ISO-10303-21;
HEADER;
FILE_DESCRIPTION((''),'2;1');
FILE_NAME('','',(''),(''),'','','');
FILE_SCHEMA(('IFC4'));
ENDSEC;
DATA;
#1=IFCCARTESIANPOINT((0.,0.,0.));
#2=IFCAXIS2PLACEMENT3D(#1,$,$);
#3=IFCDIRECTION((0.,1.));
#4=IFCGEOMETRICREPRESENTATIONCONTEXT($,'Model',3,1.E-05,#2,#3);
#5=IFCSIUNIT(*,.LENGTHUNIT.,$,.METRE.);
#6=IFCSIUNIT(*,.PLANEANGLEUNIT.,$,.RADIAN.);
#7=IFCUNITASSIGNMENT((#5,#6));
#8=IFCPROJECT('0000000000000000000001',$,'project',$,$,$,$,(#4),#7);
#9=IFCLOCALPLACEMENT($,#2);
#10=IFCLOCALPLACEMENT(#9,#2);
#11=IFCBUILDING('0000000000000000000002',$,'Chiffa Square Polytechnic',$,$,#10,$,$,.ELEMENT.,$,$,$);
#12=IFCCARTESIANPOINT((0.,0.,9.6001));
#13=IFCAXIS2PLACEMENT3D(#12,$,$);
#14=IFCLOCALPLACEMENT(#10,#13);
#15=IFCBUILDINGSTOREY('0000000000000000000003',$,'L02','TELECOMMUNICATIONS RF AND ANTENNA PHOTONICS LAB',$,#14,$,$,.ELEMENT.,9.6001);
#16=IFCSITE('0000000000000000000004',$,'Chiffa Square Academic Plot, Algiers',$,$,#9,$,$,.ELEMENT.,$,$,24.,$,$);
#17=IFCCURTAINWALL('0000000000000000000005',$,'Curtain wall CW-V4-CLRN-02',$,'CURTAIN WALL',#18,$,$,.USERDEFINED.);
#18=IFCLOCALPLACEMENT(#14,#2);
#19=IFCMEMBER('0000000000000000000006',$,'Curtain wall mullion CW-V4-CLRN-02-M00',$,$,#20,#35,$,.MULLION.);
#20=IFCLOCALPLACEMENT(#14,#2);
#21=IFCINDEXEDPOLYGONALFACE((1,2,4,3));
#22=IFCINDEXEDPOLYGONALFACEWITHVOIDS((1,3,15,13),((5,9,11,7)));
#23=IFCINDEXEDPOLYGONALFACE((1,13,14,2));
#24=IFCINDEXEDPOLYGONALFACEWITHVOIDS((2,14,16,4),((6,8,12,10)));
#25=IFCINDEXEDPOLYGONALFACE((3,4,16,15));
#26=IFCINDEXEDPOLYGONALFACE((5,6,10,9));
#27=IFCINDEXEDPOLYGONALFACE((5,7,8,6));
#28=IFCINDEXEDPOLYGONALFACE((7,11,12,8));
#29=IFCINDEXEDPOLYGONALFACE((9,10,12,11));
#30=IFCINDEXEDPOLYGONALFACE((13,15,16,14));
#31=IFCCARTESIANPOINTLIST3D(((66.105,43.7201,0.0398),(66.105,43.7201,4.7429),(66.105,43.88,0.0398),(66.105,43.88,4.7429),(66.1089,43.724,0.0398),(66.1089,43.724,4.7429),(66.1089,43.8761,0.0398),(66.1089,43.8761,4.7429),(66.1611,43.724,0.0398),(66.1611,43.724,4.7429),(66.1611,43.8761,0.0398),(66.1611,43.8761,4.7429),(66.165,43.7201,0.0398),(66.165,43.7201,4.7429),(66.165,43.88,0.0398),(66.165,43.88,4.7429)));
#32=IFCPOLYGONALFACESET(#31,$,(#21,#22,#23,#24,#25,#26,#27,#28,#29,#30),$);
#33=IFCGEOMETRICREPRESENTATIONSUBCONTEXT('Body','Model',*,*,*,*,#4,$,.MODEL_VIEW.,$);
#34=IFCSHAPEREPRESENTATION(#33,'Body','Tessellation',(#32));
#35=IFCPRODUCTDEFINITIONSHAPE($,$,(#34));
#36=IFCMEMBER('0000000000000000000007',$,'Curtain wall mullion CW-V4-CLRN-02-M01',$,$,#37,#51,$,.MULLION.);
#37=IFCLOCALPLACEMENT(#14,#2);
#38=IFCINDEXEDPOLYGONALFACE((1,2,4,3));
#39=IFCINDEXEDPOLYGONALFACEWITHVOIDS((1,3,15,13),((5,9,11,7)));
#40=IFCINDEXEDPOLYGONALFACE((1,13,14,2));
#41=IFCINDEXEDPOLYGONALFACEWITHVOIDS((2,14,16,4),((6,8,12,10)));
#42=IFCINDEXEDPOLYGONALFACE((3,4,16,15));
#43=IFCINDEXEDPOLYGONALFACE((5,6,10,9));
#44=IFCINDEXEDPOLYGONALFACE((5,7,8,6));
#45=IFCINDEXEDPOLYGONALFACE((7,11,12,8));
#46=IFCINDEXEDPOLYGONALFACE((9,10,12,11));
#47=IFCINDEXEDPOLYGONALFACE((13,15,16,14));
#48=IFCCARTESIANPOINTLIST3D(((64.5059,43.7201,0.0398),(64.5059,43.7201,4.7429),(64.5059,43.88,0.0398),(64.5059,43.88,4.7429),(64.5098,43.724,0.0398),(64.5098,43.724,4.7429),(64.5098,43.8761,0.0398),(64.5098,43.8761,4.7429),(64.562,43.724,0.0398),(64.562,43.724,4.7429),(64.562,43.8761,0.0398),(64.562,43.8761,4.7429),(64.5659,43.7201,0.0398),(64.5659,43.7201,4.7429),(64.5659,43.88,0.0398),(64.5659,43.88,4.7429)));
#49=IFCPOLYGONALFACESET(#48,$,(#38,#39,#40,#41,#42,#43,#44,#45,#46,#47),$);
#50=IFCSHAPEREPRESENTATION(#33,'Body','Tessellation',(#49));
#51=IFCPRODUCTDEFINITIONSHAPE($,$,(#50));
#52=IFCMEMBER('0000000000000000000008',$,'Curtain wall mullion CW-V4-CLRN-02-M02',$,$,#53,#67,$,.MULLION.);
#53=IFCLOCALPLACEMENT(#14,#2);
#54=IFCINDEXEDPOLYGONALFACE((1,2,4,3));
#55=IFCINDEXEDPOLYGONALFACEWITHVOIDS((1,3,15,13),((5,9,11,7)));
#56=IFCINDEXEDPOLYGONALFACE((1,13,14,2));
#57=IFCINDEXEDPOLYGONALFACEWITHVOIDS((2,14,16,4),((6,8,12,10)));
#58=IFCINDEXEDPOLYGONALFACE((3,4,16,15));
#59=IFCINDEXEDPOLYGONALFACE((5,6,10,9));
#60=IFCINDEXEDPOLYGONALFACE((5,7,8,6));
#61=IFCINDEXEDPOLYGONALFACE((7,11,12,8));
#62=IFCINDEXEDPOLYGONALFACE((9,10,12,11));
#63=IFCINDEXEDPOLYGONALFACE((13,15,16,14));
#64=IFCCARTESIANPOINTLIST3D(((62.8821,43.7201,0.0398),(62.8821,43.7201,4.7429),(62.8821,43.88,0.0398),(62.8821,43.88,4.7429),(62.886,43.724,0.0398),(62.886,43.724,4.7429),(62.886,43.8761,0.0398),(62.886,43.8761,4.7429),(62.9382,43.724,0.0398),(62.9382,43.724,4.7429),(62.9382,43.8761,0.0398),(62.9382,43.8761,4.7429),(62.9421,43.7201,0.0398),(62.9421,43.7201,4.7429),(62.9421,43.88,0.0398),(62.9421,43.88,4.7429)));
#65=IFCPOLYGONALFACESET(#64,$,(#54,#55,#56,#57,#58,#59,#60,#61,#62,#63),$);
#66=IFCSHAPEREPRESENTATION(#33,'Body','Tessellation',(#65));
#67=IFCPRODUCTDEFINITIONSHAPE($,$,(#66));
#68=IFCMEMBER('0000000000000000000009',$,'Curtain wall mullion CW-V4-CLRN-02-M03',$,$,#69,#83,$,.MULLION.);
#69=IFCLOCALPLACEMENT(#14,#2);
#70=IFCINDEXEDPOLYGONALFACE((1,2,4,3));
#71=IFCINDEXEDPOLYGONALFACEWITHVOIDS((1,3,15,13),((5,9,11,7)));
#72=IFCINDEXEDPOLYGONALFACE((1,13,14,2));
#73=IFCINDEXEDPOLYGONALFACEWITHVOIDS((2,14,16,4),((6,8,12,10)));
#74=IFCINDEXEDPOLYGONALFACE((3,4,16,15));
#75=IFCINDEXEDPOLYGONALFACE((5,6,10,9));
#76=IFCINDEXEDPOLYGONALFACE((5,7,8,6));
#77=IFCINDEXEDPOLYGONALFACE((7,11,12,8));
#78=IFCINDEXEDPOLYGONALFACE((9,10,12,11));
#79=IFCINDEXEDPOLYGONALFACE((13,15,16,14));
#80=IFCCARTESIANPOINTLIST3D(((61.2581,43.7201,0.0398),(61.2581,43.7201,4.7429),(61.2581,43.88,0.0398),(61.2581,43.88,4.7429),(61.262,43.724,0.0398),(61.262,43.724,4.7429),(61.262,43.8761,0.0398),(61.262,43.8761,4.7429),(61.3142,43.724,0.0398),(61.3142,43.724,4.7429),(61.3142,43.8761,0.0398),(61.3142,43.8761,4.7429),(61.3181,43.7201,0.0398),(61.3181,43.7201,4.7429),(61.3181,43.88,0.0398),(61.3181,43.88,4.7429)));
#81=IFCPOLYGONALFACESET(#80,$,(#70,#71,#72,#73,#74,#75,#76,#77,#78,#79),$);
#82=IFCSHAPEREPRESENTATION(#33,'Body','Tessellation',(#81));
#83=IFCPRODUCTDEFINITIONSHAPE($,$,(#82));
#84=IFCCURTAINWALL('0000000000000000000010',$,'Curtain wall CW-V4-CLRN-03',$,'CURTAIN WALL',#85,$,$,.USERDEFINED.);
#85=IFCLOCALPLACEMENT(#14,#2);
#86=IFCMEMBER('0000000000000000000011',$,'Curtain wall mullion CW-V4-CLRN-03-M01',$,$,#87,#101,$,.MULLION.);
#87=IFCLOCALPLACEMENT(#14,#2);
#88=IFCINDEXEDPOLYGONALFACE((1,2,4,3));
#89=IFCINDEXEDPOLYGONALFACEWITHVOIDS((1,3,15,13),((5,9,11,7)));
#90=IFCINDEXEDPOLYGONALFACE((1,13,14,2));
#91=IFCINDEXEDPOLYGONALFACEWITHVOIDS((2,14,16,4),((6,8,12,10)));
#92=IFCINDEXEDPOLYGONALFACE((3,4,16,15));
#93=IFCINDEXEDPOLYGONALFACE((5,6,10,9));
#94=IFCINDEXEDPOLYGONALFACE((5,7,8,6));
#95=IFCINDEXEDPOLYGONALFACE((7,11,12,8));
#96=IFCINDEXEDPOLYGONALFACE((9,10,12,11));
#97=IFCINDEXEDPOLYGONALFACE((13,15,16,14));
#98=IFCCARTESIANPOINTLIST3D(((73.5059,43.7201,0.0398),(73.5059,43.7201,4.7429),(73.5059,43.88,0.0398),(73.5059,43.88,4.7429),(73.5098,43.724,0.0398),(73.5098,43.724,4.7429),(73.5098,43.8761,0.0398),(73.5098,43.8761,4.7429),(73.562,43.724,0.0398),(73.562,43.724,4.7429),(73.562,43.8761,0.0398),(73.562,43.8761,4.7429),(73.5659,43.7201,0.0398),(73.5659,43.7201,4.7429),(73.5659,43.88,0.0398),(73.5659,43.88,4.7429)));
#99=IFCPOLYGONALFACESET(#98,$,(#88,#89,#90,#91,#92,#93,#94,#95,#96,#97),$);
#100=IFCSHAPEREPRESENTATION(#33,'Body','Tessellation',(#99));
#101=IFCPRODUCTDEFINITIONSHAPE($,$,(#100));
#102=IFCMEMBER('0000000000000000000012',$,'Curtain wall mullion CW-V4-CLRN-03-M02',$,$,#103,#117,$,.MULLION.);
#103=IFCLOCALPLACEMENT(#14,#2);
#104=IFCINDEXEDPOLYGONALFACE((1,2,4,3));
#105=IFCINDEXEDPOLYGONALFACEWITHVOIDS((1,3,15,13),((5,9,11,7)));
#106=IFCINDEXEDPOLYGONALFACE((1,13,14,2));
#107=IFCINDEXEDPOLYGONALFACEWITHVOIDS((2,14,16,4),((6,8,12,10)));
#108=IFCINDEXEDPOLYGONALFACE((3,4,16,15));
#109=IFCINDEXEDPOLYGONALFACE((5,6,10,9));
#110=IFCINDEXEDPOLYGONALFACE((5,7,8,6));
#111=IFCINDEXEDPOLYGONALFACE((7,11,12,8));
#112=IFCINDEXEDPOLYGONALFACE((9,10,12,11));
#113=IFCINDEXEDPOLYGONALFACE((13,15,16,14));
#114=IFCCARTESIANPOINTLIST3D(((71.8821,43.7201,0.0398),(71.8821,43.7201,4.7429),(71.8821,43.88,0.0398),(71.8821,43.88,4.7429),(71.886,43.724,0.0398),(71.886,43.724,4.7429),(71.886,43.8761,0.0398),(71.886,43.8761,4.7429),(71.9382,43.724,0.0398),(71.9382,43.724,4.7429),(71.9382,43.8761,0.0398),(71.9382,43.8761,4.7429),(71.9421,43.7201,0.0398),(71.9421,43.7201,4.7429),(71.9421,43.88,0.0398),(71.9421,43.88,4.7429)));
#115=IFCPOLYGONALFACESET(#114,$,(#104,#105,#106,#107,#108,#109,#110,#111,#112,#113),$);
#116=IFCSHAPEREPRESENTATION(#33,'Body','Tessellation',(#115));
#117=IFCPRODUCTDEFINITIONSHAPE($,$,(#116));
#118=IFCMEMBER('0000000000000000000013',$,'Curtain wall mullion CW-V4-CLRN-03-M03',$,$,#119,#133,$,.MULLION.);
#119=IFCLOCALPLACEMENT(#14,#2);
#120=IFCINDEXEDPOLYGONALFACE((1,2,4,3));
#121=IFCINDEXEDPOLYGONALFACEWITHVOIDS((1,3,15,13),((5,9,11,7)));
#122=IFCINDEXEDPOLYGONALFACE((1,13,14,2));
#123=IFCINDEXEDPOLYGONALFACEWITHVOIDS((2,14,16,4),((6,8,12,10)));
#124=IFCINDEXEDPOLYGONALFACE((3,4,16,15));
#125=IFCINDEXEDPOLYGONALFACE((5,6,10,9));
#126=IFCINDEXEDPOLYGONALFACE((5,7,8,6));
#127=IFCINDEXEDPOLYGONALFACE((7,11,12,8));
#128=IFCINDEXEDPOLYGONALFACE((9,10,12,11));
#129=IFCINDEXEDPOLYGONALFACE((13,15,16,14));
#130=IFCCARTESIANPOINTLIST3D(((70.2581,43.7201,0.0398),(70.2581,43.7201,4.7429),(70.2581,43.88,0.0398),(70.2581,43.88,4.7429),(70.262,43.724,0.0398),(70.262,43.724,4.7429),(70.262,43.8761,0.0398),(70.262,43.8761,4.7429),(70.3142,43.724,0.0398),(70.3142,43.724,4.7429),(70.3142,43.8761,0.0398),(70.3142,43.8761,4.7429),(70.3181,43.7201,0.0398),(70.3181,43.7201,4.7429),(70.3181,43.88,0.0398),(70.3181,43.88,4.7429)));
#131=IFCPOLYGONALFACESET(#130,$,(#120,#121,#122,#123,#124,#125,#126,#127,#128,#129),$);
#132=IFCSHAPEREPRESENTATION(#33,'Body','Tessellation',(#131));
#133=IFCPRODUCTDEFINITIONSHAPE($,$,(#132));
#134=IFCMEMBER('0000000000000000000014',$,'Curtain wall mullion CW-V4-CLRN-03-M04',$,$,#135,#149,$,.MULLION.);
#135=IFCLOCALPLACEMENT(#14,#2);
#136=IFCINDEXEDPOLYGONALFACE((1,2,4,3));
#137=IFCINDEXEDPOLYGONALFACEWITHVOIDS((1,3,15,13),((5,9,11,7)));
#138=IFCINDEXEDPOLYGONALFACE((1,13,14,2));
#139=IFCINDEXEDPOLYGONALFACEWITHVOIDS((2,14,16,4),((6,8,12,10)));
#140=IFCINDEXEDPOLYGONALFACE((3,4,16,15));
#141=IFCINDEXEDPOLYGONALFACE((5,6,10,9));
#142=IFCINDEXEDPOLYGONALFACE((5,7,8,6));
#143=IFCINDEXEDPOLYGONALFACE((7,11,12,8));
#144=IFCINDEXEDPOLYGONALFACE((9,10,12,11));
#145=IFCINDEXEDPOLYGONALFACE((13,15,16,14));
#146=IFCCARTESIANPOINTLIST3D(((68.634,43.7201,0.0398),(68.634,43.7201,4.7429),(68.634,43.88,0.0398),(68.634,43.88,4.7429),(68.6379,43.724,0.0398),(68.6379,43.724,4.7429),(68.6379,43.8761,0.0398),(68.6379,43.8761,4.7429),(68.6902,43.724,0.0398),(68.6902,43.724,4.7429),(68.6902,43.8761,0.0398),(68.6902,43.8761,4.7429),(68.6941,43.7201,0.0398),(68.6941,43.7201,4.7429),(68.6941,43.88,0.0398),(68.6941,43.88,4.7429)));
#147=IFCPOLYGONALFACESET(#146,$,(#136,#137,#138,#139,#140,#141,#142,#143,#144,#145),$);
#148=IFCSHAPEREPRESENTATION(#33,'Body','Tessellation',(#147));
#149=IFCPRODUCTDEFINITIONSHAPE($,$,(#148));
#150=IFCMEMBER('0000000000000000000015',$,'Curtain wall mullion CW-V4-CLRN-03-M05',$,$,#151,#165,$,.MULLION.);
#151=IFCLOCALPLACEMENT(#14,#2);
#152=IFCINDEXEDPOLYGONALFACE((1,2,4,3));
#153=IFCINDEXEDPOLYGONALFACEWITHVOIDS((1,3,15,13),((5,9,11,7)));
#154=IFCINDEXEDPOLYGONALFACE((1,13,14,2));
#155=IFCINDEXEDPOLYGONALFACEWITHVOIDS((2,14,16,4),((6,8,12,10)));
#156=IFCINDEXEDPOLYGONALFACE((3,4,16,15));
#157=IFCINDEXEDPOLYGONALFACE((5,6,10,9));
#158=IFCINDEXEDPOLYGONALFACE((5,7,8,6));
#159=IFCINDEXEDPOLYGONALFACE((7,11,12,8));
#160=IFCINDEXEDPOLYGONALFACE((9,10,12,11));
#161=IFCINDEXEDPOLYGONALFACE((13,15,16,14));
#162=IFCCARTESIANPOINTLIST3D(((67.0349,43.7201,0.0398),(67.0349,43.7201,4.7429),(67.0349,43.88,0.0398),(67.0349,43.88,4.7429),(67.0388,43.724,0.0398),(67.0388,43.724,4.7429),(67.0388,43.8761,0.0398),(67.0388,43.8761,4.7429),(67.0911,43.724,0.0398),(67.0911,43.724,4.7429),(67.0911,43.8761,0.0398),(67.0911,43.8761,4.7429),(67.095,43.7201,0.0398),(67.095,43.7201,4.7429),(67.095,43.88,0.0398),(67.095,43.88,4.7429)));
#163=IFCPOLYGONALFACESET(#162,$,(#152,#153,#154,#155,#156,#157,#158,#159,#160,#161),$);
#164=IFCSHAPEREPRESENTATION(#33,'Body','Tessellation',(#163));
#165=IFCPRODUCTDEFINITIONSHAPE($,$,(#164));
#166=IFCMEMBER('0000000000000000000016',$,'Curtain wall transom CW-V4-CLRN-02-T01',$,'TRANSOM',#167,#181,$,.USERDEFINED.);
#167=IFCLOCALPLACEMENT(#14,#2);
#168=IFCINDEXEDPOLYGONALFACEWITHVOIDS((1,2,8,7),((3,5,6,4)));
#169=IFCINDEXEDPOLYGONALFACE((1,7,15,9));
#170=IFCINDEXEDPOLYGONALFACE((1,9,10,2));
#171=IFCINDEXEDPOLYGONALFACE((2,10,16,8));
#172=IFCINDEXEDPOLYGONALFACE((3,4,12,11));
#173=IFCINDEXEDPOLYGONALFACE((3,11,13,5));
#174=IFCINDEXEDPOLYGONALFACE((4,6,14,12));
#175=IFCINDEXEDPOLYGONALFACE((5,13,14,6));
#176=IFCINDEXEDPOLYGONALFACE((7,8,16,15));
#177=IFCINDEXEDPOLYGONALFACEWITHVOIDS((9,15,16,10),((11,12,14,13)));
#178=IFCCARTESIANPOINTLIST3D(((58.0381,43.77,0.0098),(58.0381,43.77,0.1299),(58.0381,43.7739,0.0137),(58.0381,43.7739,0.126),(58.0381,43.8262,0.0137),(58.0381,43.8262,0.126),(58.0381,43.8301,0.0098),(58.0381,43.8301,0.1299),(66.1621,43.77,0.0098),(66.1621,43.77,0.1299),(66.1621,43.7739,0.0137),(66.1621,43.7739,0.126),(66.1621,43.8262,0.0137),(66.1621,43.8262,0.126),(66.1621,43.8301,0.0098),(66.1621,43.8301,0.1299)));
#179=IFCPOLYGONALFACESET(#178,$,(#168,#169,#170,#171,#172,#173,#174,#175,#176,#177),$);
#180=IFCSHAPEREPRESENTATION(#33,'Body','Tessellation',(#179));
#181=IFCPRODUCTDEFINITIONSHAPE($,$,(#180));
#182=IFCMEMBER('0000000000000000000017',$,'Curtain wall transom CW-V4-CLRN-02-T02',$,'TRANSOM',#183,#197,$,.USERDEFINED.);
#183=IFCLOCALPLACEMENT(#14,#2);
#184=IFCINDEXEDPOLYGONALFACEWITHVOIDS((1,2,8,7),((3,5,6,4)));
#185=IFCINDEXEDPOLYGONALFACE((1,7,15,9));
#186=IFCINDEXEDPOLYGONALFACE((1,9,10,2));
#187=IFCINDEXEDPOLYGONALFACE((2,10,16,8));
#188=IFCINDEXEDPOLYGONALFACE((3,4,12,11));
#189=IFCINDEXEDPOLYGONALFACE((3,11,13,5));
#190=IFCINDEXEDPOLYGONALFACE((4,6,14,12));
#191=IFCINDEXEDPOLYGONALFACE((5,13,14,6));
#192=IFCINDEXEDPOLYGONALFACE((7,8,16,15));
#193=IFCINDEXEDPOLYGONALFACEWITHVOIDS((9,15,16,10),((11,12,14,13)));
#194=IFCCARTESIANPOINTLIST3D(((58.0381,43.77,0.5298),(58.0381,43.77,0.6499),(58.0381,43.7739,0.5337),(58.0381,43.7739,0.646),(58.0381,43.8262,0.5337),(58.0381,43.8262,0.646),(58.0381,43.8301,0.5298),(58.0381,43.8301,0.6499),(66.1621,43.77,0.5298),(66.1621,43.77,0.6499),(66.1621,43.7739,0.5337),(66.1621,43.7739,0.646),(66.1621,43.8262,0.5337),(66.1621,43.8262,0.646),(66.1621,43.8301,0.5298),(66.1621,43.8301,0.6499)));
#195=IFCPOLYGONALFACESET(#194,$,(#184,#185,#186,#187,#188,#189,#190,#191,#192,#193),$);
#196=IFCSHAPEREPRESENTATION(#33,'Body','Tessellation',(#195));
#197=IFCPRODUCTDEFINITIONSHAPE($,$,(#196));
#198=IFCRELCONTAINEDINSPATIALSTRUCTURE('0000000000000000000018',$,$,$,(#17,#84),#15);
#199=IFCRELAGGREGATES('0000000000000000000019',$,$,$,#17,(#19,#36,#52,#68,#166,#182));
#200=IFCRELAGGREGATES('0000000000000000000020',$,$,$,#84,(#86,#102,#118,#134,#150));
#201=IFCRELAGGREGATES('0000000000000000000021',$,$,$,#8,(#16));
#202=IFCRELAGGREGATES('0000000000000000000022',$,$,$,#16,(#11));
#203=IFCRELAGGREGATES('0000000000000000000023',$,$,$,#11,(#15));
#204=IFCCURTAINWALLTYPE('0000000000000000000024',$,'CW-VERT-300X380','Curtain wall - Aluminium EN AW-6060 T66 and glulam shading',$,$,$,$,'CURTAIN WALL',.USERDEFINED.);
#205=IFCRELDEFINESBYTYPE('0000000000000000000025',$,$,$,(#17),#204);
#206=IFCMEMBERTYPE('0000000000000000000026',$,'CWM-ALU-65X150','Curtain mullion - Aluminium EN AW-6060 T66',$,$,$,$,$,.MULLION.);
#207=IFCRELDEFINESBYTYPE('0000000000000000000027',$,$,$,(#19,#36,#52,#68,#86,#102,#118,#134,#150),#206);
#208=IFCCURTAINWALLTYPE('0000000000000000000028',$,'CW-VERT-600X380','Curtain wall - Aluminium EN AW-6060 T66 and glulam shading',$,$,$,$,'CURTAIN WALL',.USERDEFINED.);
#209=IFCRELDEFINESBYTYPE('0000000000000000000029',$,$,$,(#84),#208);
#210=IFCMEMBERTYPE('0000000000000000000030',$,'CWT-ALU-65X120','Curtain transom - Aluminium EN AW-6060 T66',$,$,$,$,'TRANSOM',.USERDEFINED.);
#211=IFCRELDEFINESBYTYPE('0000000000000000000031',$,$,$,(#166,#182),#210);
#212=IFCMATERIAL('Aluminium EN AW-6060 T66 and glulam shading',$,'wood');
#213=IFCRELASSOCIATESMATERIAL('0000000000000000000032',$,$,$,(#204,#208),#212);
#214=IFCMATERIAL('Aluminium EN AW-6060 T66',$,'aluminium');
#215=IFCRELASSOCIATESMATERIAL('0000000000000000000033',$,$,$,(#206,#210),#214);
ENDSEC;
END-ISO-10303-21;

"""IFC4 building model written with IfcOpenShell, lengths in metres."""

from ifc_helpers import new_model, si_unit, direction, frame, origin, origin_2d, place, context, subcontext, project, spatial, hollow_rectangle, extrude, material, material_profile, profile_set, type_object, element, aggregate, save


model = new_model("IFC4")

# Units and contexts
model_context = context("Model", 3, precision=1e-05, world=origin(), true_north=direction((0.0, 1.0)))
body_context = subcontext(model_context, "Body", "Model", "MODEL_VIEW")
ifc_project = project(units=[si_unit("LENGTHUNIT", "METRE"), si_unit("PLANEANGLEUNIT", "RADIAN")], contexts=[model_context])

# Site, building, storey
site_placement = place(None, origin())
site = spatial("IfcSite", under=ifc_project, at=site_placement, Name="Chiffa Square Academic Plot, Algiers", CompositionType="ELEMENT", RefElevation=24.0)
building_placement = place(site_placement, origin())
building = spatial("IfcBuilding", under=site, at=building_placement, Name="Chiffa Square Polytechnic", CompositionType="ELEMENT")
storey_placement = place(building_placement, frame((0.0, 0.0, 9.6001)))
storey = spatial("IfcBuildingStorey", under=building, at=storey_placement, Name="L02", Description="TELECOMMUNICATIONS RF AND ANTENNA PHOTONICS LAB", CompositionType="ELEMENT", Elevation=9.6001)

# Curtain walls, members
ifc_material_1 = material(Name="Aluminium EN AW-6060 T66 and glulam shading", Category="wood")
curtain_wall_type_1 = type_object("IfcCurtainWallType", Name="CW-VERT-300X380", Description="Curtain wall - Aluminium EN AW-6060 T66 and glulam shading", ElementType="CURTAIN WALL", PredefinedType="USERDEFINED", material=ifc_material_1)
curtain_wall_1_placement = place(storey_placement, origin())
curtain_wall_1 = element("IfcCurtainWall", 1, at=curtain_wall_1_placement, inside=storey, type_object=curtain_wall_type_1, Name="Curtain wall CW-V4-CLRN-02", ObjectType="CURTAIN WALL", PredefinedType="USERDEFINED")
ifc_material_2 = material(Name="Aluminium EN AW-6060 T66", Category="aluminium")
ifc_material_profile_1 = material_profile(ifc_material_2, hollow_rectangle(XDim=0.0601, YDim=0.1599, WallThickness=0.0039, at=origin_2d()), Name="ALU 60x160x4")
ifc_profile_set_1 = profile_set([ifc_material_profile_1], Name="Aluminium EN AW-6060 T66")
member_type_1 = type_object("IfcMemberType", Name="CWM-ALU-65X150", Description="Curtain mullion - Aluminium EN AW-6060 T66", PredefinedType="MULLION", material=ifc_profile_set_1)
member_1_placement = place(storey_placement, frame((66.135, 43.8, 0.0398), z_axis=(0.0, 0.0, 1.0), x_axis=(1.0, 0.0, 0.0)))
member_1 = element("IfcMember", 2, at=member_1_placement, type_object=member_type_1, Name="Curtain wall mullion CW-V4-CLRN-02-M00", PredefinedType="MULLION", context=body_context, shape_type="SweptSolid", body=[
    extrude(hollow_rectangle(XDim=0.0601, YDim=0.1599, WallThickness=0.0039, at=origin_2d()), origin(), (0.0, 0.0, 1.0), 4.7031),
])
member_2_placement = place(storey_placement, frame((64.5359, 43.8, 0.0398), z_axis=(0.0, 0.0, 1.0), x_axis=(1.0, 0.0, 0.0)))
member_2 = element("IfcMember", 3, at=member_2_placement, type_object=member_type_1, Name="Curtain wall mullion CW-V4-CLRN-02-M01", PredefinedType="MULLION", context=body_context, shape_type="SweptSolid", body=[
    extrude(hollow_rectangle(XDim=0.0601, YDim=0.1599, WallThickness=0.0039, at=origin_2d()), origin(), (0.0, 0.0, 1.0), 4.7031),
])
member_3_placement = place(storey_placement, frame((62.9121, 43.8, 0.0398), z_axis=(0.0, 0.0, 1.0), x_axis=(1.0, 0.0, 0.0)))
member_3 = element("IfcMember", 4, at=member_3_placement, type_object=member_type_1, Name="Curtain wall mullion CW-V4-CLRN-02-M02", PredefinedType="MULLION", context=body_context, shape_type="SweptSolid", body=[
    extrude(hollow_rectangle(XDim=0.0601, YDim=0.1599, WallThickness=0.0039, at=origin_2d()), origin(), (0.0, 0.0, 1.0), 4.7031),
])
member_4_placement = place(storey_placement, frame((61.2881, 43.8, 0.0398), z_axis=(0.0, 0.0, 1.0), x_axis=(1.0, 0.0, 0.0)))
member_4 = element("IfcMember", 5, at=member_4_placement, type_object=member_type_1, Name="Curtain wall mullion CW-V4-CLRN-02-M03", PredefinedType="MULLION", context=body_context, shape_type="SweptSolid", body=[
    extrude(hollow_rectangle(XDim=0.0601, YDim=0.1599, WallThickness=0.0039, at=origin_2d()), origin(), (0.0, 0.0, 1.0), 4.7031),
])
curtain_wall_type_2 = type_object("IfcCurtainWallType", Name="CW-VERT-600X380", Description="Curtain wall - Aluminium EN AW-6060 T66 and glulam shading", ElementType="CURTAIN WALL", PredefinedType="USERDEFINED", material=ifc_material_1)
curtain_wall_2_placement = place(storey_placement, origin())
curtain_wall_2 = element("IfcCurtainWall", 6, at=curtain_wall_2_placement, inside=storey, type_object=curtain_wall_type_2, Name="Curtain wall CW-V4-CLRN-03", ObjectType="CURTAIN WALL", PredefinedType="USERDEFINED")
member_5_placement = place(storey_placement, frame((73.5359, 43.8, 0.0398), z_axis=(0.0, 0.0, 1.0), x_axis=(1.0, 0.0, 0.0)))
member_5 = element("IfcMember", 7, at=member_5_placement, type_object=member_type_1, Name="Curtain wall mullion CW-V4-CLRN-03-M01", PredefinedType="MULLION", context=body_context, shape_type="SweptSolid", body=[
    extrude(hollow_rectangle(XDim=0.0601, YDim=0.1599, WallThickness=0.0039, at=origin_2d()), origin(), (0.0, 0.0, 1.0), 4.7031),
])
member_6_placement = place(storey_placement, frame((71.9121, 43.8, 0.0398), z_axis=(0.0, 0.0, 1.0), x_axis=(1.0, 0.0, 0.0)))
member_6 = element("IfcMember", 8, at=member_6_placement, type_object=member_type_1, Name="Curtain wall mullion CW-V4-CLRN-03-M02", PredefinedType="MULLION", context=body_context, shape_type="SweptSolid", body=[
    extrude(hollow_rectangle(XDim=0.0601, YDim=0.1599, WallThickness=0.0039, at=origin_2d()), origin(), (0.0, 0.0, 1.0), 4.7031),
])
member_7_placement = place(storey_placement, frame((70.2881, 43.8, 0.0398), z_axis=(0.0, 0.0, 1.0), x_axis=(1.0, 0.0, 0.0)))
member_7 = element("IfcMember", 9, at=member_7_placement, type_object=member_type_1, Name="Curtain wall mullion CW-V4-CLRN-03-M03", PredefinedType="MULLION", context=body_context, shape_type="SweptSolid", body=[
    extrude(hollow_rectangle(XDim=0.0601, YDim=0.1599, WallThickness=0.0039, at=origin_2d()), origin(), (0.0, 0.0, 1.0), 4.7031),
])
member_8_placement = place(storey_placement, frame((68.6641, 43.8, 0.0398), z_axis=(0.0, 0.0, 1.0), x_axis=(1.0, 0.0, 0.0)))
member_8 = element("IfcMember", 10, at=member_8_placement, type_object=member_type_1, Name="Curtain wall mullion CW-V4-CLRN-03-M04", PredefinedType="MULLION", context=body_context, shape_type="SweptSolid", body=[
    extrude(hollow_rectangle(XDim=0.0601, YDim=0.1599, WallThickness=0.0039, at=origin_2d()), origin(), (0.0, 0.0, 1.0), 4.7031),
])
member_9_placement = place(storey_placement, frame((67.0649, 43.8, 0.0398), z_axis=(0.0, 0.0, 1.0), x_axis=(1.0, 0.0, 0.0)))
member_9 = element("IfcMember", 11, at=member_9_placement, type_object=member_type_1, Name="Curtain wall mullion CW-V4-CLRN-03-M05", PredefinedType="MULLION", context=body_context, shape_type="SweptSolid", body=[
    extrude(hollow_rectangle(XDim=0.0601, YDim=0.1599, WallThickness=0.0039, at=origin_2d()), origin(), (0.0, 0.0, 1.0), 4.7031),
])

# Members
ifc_material_profile_2 = material_profile(ifc_material_2, hollow_rectangle(XDim=0.0601, YDim=0.1201, WallThickness=0.0039, at=origin_2d()), Name="ALU 60x120x4")
ifc_profile_set_2 = profile_set([ifc_material_profile_2], Name="Aluminium EN AW-6060 T66")
member_type_2 = type_object("IfcMemberType", Name="CWT-ALU-65X120", Description="Curtain transom - Aluminium EN AW-6060 T66", ElementType="TRANSOM", PredefinedType="USERDEFINED", material=ifc_profile_set_2)
member_10_placement = place(storey_placement, frame((66.1621, 43.8, 0.0698), z_axis=(-1.0, 0.0, 0.0), x_axis=(0.0, -1.0, 0.0)))
member_10 = element("IfcMember", 12, at=member_10_placement, type_object=member_type_2, Name="Curtain wall transom CW-V4-CLRN-02-T01", ObjectType="TRANSOM", PredefinedType="USERDEFINED", context=body_context, shape_type="SweptSolid", body=[
    extrude(hollow_rectangle(XDim=0.0601, YDim=0.1201, WallThickness=0.0039, at=origin_2d()), origin(), (0.0, 0.0, 1.0), 8.124),
])
member_11_placement = place(storey_placement, frame((66.1621, 43.8, 0.5898), z_axis=(-1.0, 0.0, 0.0), x_axis=(0.0, -1.0, 0.0)))
member_11 = element("IfcMember", 13, at=member_11_placement, type_object=member_type_2, Name="Curtain wall transom CW-V4-CLRN-02-T02", ObjectType="TRANSOM", PredefinedType="USERDEFINED", context=body_context, shape_type="SweptSolid", body=[
    extrude(hollow_rectangle(XDim=0.0601, YDim=0.1201, WallThickness=0.0039, at=origin_2d()), origin(), (0.0, 0.0, 1.0), 8.124),
])

aggregate(curtain_wall_1, [member_1, member_2, member_3, member_4, member_10, member_11])
aggregate(curtain_wall_2, [member_5, member_6, member_7, member_8, member_9])

save(model, "model.ifc")
